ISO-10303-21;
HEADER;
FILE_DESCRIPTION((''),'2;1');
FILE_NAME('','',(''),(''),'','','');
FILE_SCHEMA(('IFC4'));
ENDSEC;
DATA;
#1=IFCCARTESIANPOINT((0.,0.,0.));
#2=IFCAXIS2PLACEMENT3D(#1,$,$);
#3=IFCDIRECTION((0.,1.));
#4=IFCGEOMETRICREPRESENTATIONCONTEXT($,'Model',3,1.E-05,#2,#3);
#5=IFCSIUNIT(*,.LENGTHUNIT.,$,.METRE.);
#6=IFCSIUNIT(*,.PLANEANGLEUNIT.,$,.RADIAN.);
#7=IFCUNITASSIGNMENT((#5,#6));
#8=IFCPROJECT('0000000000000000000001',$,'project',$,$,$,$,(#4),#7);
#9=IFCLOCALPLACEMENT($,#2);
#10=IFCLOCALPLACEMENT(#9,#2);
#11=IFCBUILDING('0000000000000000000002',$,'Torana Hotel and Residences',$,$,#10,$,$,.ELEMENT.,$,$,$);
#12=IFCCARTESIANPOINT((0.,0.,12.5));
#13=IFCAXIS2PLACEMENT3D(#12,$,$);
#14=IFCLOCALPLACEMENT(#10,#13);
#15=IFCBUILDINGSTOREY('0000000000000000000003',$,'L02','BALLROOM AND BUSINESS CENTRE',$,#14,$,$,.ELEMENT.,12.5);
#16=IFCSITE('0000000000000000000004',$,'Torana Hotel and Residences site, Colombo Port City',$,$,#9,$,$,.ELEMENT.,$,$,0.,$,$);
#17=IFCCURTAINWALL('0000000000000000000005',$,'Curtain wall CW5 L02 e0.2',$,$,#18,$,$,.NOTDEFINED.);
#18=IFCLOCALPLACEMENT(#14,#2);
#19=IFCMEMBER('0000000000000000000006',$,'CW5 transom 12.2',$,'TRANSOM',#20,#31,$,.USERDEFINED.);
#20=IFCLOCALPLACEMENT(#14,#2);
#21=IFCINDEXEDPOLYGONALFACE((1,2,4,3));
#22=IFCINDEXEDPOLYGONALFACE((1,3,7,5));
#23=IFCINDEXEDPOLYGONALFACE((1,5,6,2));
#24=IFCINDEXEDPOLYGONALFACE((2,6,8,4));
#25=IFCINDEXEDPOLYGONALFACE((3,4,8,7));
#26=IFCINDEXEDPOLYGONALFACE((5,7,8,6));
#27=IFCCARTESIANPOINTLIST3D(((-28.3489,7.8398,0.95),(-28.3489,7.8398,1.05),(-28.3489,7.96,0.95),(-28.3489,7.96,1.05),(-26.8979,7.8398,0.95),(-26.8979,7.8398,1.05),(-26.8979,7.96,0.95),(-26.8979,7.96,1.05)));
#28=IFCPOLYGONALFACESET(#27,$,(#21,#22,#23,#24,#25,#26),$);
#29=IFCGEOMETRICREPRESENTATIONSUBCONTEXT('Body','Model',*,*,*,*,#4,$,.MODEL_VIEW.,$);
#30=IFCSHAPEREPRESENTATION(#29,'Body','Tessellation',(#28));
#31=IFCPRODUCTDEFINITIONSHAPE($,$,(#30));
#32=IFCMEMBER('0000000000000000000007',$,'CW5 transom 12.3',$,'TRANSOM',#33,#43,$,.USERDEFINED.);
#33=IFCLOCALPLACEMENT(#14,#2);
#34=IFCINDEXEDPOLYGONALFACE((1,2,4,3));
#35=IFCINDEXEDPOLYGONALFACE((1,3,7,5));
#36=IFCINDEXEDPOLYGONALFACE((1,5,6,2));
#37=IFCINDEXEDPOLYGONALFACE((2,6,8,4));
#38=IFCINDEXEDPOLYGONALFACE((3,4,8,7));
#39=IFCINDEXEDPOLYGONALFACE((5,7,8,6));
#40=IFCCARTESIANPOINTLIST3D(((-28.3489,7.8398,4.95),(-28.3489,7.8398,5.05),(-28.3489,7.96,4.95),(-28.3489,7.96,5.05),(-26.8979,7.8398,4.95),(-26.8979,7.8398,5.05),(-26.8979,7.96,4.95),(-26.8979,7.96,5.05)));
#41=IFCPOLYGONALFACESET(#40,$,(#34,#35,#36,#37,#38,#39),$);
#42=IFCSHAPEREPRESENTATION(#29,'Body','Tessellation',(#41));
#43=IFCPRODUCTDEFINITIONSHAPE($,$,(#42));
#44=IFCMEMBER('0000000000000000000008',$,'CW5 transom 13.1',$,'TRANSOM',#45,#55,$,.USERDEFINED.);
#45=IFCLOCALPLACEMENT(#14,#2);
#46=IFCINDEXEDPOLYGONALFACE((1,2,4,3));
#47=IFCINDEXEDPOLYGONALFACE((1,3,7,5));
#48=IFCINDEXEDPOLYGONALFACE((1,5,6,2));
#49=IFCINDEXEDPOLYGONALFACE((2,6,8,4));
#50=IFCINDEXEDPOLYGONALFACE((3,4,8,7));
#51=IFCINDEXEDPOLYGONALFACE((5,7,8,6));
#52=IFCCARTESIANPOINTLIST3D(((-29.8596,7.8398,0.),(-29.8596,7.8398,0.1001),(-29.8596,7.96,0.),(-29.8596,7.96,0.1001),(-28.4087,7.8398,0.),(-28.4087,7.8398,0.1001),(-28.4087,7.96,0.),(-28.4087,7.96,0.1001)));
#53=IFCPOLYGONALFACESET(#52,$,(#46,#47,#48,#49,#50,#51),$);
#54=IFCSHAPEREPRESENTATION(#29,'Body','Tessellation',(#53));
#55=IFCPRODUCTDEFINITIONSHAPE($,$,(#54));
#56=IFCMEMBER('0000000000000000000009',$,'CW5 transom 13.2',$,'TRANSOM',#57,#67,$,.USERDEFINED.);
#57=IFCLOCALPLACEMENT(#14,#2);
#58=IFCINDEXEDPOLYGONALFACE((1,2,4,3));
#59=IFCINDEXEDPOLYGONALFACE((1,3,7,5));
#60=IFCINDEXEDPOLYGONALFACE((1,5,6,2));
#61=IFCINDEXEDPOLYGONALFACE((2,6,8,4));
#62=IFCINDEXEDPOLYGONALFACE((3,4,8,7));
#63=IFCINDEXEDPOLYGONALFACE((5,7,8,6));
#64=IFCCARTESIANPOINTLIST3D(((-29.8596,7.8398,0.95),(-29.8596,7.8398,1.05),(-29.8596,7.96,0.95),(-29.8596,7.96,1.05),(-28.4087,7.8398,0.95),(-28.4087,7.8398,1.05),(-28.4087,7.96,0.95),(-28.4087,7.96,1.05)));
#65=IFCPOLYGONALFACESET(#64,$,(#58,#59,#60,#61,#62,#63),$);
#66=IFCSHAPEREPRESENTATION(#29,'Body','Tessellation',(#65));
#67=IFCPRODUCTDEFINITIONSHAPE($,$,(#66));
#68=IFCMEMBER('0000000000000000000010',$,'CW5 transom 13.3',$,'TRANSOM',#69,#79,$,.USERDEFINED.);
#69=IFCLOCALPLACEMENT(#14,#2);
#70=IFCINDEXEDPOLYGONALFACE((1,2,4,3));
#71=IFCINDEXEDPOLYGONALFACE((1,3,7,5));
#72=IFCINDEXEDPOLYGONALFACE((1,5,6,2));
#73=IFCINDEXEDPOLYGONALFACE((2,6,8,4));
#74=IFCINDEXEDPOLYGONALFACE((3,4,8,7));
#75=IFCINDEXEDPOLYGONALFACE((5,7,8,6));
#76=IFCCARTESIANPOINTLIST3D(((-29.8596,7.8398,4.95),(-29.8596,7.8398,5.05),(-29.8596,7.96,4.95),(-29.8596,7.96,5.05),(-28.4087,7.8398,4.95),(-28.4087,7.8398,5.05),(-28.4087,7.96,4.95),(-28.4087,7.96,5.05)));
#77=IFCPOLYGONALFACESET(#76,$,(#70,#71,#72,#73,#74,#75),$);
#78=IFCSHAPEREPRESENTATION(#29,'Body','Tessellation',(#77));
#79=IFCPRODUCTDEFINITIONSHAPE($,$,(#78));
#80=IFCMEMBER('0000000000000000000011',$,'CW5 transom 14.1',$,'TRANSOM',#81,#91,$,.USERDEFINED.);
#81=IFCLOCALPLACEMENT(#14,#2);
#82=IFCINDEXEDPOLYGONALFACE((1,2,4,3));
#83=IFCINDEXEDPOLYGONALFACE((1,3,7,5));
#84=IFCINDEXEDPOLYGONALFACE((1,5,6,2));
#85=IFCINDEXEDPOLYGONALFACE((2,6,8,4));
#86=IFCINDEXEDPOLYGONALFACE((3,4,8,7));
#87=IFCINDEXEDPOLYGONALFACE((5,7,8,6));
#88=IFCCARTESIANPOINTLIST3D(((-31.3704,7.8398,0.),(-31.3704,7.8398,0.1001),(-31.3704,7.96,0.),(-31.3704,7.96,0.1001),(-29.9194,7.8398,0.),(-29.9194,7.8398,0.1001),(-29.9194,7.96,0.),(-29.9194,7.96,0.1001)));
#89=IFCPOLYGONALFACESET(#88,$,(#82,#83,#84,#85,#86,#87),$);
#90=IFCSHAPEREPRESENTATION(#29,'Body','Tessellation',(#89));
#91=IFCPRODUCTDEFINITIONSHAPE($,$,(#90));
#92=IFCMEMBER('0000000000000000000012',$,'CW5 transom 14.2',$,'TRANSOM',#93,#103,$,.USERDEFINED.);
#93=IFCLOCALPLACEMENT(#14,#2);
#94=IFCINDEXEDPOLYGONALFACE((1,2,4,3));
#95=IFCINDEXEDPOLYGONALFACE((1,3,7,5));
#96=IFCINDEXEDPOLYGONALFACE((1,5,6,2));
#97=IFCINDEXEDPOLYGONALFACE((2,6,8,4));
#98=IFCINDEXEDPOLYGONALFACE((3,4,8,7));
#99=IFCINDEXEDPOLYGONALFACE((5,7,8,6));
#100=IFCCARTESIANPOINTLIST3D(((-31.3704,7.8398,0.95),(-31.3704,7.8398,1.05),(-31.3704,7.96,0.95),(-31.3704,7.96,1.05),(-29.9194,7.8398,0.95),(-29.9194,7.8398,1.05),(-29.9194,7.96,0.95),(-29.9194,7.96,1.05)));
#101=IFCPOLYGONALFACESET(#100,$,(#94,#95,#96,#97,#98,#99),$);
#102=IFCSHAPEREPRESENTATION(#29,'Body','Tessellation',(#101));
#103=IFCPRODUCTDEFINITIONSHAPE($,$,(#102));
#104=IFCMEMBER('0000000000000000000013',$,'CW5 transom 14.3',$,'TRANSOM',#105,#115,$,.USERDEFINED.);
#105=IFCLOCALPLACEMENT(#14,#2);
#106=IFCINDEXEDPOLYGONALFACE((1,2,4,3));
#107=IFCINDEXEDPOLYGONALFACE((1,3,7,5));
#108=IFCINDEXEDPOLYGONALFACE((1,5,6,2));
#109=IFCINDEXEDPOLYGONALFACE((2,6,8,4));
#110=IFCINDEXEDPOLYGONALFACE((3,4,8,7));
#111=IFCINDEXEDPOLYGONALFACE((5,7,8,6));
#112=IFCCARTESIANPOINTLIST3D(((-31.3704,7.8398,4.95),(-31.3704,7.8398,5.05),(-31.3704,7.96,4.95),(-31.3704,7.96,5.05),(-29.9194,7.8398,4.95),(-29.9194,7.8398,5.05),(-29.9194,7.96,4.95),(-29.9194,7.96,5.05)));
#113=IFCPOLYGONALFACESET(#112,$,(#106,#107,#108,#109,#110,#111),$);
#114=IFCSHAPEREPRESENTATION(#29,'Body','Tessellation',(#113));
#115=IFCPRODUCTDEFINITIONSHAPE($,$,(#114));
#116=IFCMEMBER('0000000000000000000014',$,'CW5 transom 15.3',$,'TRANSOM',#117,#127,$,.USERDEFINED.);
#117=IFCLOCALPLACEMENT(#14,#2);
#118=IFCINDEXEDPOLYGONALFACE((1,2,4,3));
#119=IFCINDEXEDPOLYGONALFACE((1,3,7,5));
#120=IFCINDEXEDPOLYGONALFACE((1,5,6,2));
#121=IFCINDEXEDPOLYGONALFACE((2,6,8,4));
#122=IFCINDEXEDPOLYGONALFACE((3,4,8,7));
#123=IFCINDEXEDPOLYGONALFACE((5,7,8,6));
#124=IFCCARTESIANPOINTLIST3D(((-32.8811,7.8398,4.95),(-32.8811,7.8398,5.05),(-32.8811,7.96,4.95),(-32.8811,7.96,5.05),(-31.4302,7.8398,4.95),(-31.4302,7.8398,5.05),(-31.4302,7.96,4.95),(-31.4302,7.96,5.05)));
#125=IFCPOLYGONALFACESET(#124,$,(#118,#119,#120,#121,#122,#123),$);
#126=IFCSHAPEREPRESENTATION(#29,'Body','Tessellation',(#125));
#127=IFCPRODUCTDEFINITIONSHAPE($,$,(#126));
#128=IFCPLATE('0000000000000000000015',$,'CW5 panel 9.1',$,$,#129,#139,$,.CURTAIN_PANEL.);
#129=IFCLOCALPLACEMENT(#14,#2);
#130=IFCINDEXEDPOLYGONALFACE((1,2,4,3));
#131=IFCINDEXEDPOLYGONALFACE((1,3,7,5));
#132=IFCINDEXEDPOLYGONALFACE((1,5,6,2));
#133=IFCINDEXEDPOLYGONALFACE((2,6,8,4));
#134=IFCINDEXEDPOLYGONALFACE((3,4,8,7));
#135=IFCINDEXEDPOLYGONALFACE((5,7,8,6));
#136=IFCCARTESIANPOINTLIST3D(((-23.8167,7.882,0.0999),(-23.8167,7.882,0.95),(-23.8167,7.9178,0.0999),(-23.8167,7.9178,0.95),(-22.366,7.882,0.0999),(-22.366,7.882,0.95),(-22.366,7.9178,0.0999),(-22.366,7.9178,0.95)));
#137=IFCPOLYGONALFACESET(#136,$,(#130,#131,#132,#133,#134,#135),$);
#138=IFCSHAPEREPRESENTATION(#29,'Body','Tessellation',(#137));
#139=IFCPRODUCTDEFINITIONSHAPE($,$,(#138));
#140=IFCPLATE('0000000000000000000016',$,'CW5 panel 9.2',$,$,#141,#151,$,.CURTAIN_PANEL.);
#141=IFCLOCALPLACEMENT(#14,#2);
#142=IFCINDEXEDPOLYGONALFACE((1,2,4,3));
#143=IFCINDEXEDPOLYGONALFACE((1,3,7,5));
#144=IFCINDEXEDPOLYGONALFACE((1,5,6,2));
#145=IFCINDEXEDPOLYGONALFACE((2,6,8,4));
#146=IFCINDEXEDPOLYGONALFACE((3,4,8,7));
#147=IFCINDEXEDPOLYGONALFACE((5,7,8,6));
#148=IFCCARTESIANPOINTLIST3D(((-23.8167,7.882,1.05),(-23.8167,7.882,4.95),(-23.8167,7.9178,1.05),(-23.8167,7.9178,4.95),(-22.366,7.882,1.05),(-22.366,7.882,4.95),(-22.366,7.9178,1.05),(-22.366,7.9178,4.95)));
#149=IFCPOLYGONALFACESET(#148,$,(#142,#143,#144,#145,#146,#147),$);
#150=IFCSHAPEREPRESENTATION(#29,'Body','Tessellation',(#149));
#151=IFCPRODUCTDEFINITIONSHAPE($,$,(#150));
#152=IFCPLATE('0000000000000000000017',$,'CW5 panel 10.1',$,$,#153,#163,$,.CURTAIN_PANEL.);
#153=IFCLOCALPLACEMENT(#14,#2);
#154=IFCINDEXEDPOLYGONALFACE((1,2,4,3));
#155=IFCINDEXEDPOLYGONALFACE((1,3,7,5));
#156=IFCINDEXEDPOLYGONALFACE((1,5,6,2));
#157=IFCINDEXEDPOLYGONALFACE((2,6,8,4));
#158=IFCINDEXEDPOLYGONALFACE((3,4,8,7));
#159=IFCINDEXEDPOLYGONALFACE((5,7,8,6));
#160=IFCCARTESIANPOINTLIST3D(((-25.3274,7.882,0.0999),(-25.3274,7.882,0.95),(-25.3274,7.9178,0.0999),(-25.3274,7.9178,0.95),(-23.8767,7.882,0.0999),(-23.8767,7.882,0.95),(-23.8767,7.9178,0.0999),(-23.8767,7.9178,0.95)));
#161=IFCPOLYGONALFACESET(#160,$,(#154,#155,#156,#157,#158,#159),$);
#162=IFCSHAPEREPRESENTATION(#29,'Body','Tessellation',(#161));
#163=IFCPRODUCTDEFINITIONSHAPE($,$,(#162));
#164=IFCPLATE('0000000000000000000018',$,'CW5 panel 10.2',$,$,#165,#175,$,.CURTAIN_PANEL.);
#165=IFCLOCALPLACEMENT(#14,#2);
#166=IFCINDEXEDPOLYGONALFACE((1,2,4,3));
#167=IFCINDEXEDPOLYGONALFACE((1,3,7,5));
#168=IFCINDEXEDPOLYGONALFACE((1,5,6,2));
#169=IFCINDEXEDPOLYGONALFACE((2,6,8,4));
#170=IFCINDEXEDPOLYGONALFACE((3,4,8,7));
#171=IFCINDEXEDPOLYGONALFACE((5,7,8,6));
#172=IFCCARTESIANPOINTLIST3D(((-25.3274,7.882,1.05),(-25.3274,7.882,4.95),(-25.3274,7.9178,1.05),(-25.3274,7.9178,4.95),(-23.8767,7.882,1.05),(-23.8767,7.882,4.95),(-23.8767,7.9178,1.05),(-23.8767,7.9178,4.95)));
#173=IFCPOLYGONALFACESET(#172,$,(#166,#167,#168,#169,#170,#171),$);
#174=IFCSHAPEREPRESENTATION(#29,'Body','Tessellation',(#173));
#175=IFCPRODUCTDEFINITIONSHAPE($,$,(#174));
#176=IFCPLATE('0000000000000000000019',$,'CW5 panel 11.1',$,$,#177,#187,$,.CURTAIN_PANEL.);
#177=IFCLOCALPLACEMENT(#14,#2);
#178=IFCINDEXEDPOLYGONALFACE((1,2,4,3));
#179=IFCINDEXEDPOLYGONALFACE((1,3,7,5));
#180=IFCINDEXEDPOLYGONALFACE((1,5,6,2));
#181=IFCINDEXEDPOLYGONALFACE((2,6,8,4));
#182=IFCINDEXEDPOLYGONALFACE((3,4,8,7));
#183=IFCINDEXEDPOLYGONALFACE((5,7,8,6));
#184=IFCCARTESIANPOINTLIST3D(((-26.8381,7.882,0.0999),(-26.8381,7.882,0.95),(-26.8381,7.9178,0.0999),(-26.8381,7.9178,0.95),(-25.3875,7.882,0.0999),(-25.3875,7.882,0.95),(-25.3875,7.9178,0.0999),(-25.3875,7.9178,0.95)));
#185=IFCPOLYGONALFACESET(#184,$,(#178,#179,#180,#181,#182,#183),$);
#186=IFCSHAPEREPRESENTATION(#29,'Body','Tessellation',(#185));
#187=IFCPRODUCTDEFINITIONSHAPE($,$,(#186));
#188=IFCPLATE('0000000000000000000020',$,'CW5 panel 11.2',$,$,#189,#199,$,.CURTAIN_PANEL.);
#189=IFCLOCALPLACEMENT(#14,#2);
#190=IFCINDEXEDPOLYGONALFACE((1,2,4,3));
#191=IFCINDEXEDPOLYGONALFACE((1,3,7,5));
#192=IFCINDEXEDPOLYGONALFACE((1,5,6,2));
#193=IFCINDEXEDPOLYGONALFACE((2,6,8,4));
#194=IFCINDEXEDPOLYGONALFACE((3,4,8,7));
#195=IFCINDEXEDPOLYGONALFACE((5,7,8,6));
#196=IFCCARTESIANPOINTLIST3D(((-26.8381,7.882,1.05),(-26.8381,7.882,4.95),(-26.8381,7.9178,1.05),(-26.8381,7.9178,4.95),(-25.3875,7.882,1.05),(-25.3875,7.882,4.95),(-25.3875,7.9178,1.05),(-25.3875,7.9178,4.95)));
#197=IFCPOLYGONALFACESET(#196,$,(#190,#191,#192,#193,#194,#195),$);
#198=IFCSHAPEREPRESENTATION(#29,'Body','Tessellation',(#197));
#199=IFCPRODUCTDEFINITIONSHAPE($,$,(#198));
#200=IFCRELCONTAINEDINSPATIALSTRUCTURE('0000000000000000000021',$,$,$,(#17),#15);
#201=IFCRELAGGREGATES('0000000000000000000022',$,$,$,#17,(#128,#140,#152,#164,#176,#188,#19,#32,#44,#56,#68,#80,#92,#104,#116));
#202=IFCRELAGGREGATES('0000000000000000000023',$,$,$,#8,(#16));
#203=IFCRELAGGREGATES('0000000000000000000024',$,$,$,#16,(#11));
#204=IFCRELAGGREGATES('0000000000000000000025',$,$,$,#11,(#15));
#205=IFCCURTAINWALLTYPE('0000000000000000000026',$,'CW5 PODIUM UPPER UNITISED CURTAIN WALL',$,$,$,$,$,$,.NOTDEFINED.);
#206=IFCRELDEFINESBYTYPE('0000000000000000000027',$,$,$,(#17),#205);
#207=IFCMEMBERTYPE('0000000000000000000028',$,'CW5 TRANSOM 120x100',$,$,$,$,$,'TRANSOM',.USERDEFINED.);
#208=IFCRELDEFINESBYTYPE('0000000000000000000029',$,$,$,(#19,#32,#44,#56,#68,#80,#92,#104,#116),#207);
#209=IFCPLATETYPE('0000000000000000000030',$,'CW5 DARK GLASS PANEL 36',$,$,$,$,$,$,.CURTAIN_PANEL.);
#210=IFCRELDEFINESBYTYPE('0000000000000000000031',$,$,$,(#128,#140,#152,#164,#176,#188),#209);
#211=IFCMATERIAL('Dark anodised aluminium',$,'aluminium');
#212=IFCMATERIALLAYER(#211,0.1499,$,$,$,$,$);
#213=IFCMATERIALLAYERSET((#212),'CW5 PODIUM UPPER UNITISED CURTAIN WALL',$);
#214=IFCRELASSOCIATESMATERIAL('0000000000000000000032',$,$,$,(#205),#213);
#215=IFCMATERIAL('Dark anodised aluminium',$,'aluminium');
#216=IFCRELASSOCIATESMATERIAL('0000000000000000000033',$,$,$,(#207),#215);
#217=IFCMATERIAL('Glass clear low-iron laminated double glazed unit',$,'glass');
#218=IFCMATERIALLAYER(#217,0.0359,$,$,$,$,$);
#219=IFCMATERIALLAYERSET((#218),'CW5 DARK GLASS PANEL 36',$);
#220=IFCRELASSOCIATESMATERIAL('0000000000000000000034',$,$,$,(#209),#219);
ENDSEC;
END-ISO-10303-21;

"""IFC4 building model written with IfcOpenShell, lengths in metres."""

from ifc_helpers import new_model, si_unit, direction, frame, origin, origin_2d, place, context, subcontext, project, spatial, rectangle, extrude, material, layer, layer_set, material_profile, profile_set, type_object, element, aggregate, save


model = new_model("IFC4")

# Units and contexts
model_context = context("Model", 3, precision=1e-05, world=origin(), true_north=direction((0.0, 1.0)))
body_context = subcontext(model_context, "Body", "Model", "MODEL_VIEW")
ifc_project = project(units=[si_unit("LENGTHUNIT", "METRE"), si_unit("PLANEANGLEUNIT", "RADIAN")], contexts=[model_context])

# Site, building, storey
site_placement = place(None, origin())
site = spatial("IfcSite", under=ifc_project, at=site_placement, Name="Torana Hotel and Residences site, Colombo Port City", CompositionType="ELEMENT", RefElevation=0.0)
building_placement = place(site_placement, origin())
building = spatial("IfcBuilding", under=site, at=building_placement, Name="Torana Hotel and Residences", CompositionType="ELEMENT")
storey_placement = place(building_placement, frame((0.0, 0.0, 12.5)))
storey = spatial("IfcBuildingStorey", under=building, at=storey_placement, Name="L02", Description="BALLROOM AND BUSINESS CENTRE", CompositionType="ELEMENT", Elevation=12.5)

# Curtain wall, members, plates
ifc_material_1 = material(Name="Dark anodised aluminium", Category="aluminium")
ifc_layer_1 = layer(ifc_material_1, 0.1499)
ifc_layer_set_1 = layer_set([ifc_layer_1], Name="CW5 PODIUM UPPER UNITISED CURTAIN WALL")
curtain_wall_type = type_object("IfcCurtainWallType", Name="CW5 PODIUM UPPER UNITISED CURTAIN WALL", PredefinedType="NOTDEFINED", material=ifc_layer_set_1)
curtain_wall_placement = place(storey_placement, origin())
curtain_wall = element("IfcCurtainWall", 1, at=curtain_wall_placement, inside=storey, type_object=curtain_wall_type, Name="Curtain wall CW5 L02 e0.2", PredefinedType="NOTDEFINED")
ifc_material_2 = material(Name="Dark anodised aluminium", Category="aluminium")
ifc_material_profile_1 = material_profile(ifc_material_2, rectangle(XDim=0.1201, YDim=0.1001, at=origin_2d()), Name="CW5 TRANSOM 120x100")
ifc_profile_set_1 = profile_set([ifc_material_profile_1], Name="Dark anodised aluminium")
member_type_1 = type_object("IfcMemberType", Name="CW5 TRANSOM 120x100", ElementType="TRANSOM", PredefinedType="USERDEFINED", material=ifc_profile_set_1)
member_1_placement = place(storey_placement, frame((-26.8979, 7.8999, 1.0), z_axis=(-1.0, 0.0, 0.0), x_axis=(0.0, -1.0, 0.0)))
member_1 = element("IfcMember", 2, at=member_1_placement, type_object=member_type_1, Name="CW5 transom 12.2", ObjectType="TRANSOM", PredefinedType="USERDEFINED", context=body_context, shape_type="SweptSolid", body=[
    extrude(rectangle(XDim=0.1201, YDim=0.1001, at=origin_2d()), origin(), (0.0, 0.0, 1.0), 1.4509),
])
member_2_placement = place(storey_placement, frame((-26.8979, 7.8999, 5.0), z_axis=(-1.0, 0.0, 0.0), x_axis=(0.0, -1.0, 0.0)))
member_2 = element("IfcMember", 3, at=member_2_placement, type_object=member_type_1, Name="CW5 transom 12.3", ObjectType="TRANSOM", PredefinedType="USERDEFINED", context=body_context, shape_type="SweptSolid", body=[
    extrude(rectangle(XDim=0.1201, YDim=0.1001, at=origin_2d()), origin(), (0.0, 0.0, 1.0), 1.4509),
])
member_3_placement = place(storey_placement, frame((-28.4087, 7.8999, 0.05), z_axis=(-1.0, 0.0, 0.0), x_axis=(0.0, -1.0, 0.0)))
member_3 = element("IfcMember", 4, at=member_3_placement, type_object=member_type_1, Name="CW5 transom 13.1", ObjectType="TRANSOM", PredefinedType="USERDEFINED", context=body_context, shape_type="SweptSolid", body=[
    extrude(rectangle(XDim=0.1201, YDim=0.1001, at=origin_2d()), origin(), (0.0, 0.0, 1.0), 1.4509),
])
member_4_placement = place(storey_placement, frame((-28.4087, 7.8999, 1.0), z_axis=(-1.0, 0.0, 0.0), x_axis=(0.0, -1.0, 0.0)))
member_4 = element("IfcMember", 5, at=member_4_placement, type_object=member_type_1, Name="CW5 transom 13.2", ObjectType="TRANSOM", PredefinedType="USERDEFINED", context=body_context, shape_type="SweptSolid", body=[
    extrude(rectangle(XDim=0.1201, YDim=0.1001, at=origin_2d()), origin(), (0.0, 0.0, 1.0), 1.4509),
])
member_5_placement = place(storey_placement, frame((-28.4087, 7.8999, 5.0), z_axis=(-1.0, 0.0, 0.0), x_axis=(0.0, -1.0, 0.0)))
member_5 = element("IfcMember", 6, at=member_5_placement, type_object=member_type_1, Name="CW5 transom 13.3", ObjectType="TRANSOM", PredefinedType="USERDEFINED", context=body_context, shape_type="SweptSolid", body=[
    extrude(rectangle(XDim=0.1201, YDim=0.1001, at=origin_2d()), origin(), (0.0, 0.0, 1.0), 1.4509),
])
member_6_placement = place(storey_placement, frame((-29.9194, 7.8999, 0.05), z_axis=(-1.0, 0.0, 0.0), x_axis=(0.0, -1.0, 0.0)))
member_6 = element("IfcMember", 7, at=member_6_placement, type_object=member_type_1, Name="CW5 transom 14.1", ObjectType="TRANSOM", PredefinedType="USERDEFINED", context=body_context, shape_type="SweptSolid", body=[
    extrude(rectangle(XDim=0.1201, YDim=0.1001, at=origin_2d()), origin(), (0.0, 0.0, 1.0), 1.4509),
])
member_7_placement = place(storey_placement, frame((-29.9194, 7.8999, 1.0), z_axis=(-1.0, 0.0, 0.0), x_axis=(0.0, -1.0, 0.0)))
member_7 = element("IfcMember", 8, at=member_7_placement, type_object=member_type_1, Name="CW5 transom 14.2", ObjectType="TRANSOM", PredefinedType="USERDEFINED", context=body_context, shape_type="SweptSolid", body=[
    extrude(rectangle(XDim=0.1201, YDim=0.1001, at=origin_2d()), origin(), (0.0, 0.0, 1.0), 1.4509),
])
member_8_placement = place(storey_placement, frame((-29.9194, 7.8999, 5.0), z_axis=(-1.0, 0.0, 0.0), x_axis=(0.0, -1.0, 0.0)))
member_8 = element("IfcMember", 9, at=member_8_placement, type_object=member_type_1, Name="CW5 transom 14.3", ObjectType="TRANSOM", PredefinedType="USERDEFINED", context=body_context, shape_type="SweptSolid", body=[
    extrude(rectangle(XDim=0.1201, YDim=0.1001, at=origin_2d()), origin(), (0.0, 0.0, 1.0), 1.4509),
])
member_9_placement = place(storey_placement, frame((-31.4302, 7.8999, 5.0), z_axis=(-1.0, 0.0, 0.0), x_axis=(0.0, -1.0, 0.0)))
member_9 = element("IfcMember", 10, at=member_9_placement, type_object=member_type_1, Name="CW5 transom 15.3", ObjectType="TRANSOM", PredefinedType="USERDEFINED", context=body_context, shape_type="SweptSolid", body=[
    extrude(rectangle(XDim=0.1201, YDim=0.1001, at=origin_2d()), origin(), (0.0, 0.0, 1.0), 1.4509),
])
ifc_material_3 = material(Name="Glass clear low-iron laminated double glazed unit", Category="glass")
ifc_layer_2 = layer(ifc_material_3, 0.0359)
ifc_layer_set_2 = layer_set([ifc_layer_2], Name="CW5 DARK GLASS PANEL 36")
plate_type = type_object("IfcPlateType", Name="CW5 DARK GLASS PANEL 36", PredefinedType="CURTAIN_PANEL", material=ifc_layer_set_2)
plate_1_placement = place(storey_placement, frame((-23.0913, 7.8999, 0.0999), z_axis=(0.0, 0.0, 1.0), x_axis=(-1.0, 0.0, 0.0)))
plate_1 = element("IfcPlate", 11, at=plate_1_placement, type_object=plate_type, Name="CW5 panel 9.1", PredefinedType="CURTAIN_PANEL", context=body_context, shape_type="SweptSolid", body=[
    extrude(rectangle(XDim=1.4507, YDim=0.0359, at=origin_2d()), origin(), (0.0, 0.0, 1.0), 0.8501),
])
plate_2_placement = place(storey_placement, frame((-23.0913, 7.8999, 1.05), z_axis=(0.0, 0.0, 1.0), x_axis=(-1.0, 0.0, 0.0)))
plate_2 = element("IfcPlate", 12, at=plate_2_placement, type_object=plate_type, Name="CW5 panel 9.2", PredefinedType="CURTAIN_PANEL", context=body_context, shape_type="SweptSolid", body=[
    extrude(rectangle(XDim=1.4507, YDim=0.0359, at=origin_2d()), origin(), (0.0, 0.0, 1.0), 3.8999),
])
plate_3_placement = place(storey_placement, frame((-24.6021, 7.8999, 0.0999), z_axis=(0.0, 0.0, 1.0), x_axis=(-1.0, 0.0, 0.0)))
plate_3 = element("IfcPlate", 13, at=plate_3_placement, type_object=plate_type, Name="CW5 panel 10.1", PredefinedType="CURTAIN_PANEL", context=body_context, shape_type="SweptSolid", body=[
    extrude(rectangle(XDim=1.4507, YDim=0.0359, at=origin_2d()), origin(), (0.0, 0.0, 1.0), 0.8501),
])
plate_4_placement = place(storey_placement, frame((-24.6021, 7.8999, 1.05), z_axis=(0.0, 0.0, 1.0), x_axis=(-1.0, 0.0, 0.0)))
plate_4 = element("IfcPlate", 14, at=plate_4_placement, type_object=plate_type, Name="CW5 panel 10.2", PredefinedType="CURTAIN_PANEL", context=body_context, shape_type="SweptSolid", body=[
    extrude(rectangle(XDim=1.4507, YDim=0.0359, at=origin_2d()), origin(), (0.0, 0.0, 1.0), 3.8999),
])
plate_5_placement = place(storey_placement, frame((-26.1128, 7.8999, 0.0999), z_axis=(0.0, 0.0, 1.0), x_axis=(-1.0, 0.0, 0.0)))
plate_5 = element("IfcPlate", 15, at=plate_5_placement, type_object=plate_type, Name="CW5 panel 11.1", PredefinedType="CURTAIN_PANEL", context=body_context, shape_type="SweptSolid", body=[
    extrude(rectangle(XDim=1.4507, YDim=0.0359, at=origin_2d()), origin(), (0.0, 0.0, 1.0), 0.8501),
])
plate_6_placement = place(storey_placement, frame((-26.1128, 7.8999, 1.05), z_axis=(0.0, 0.0, 1.0), x_axis=(-1.0, 0.0, 0.0)))
plate_6 = element("IfcPlate", 16, at=plate_6_placement, type_object=plate_type, Name="CW5 panel 11.2", PredefinedType="CURTAIN_PANEL", context=body_context, shape_type="SweptSolid", body=[
    extrude(rectangle(XDim=1.4507, YDim=0.0359, at=origin_2d()), origin(), (0.0, 0.0, 1.0), 3.8999),
])
aggregate(curtain_wall, [plate_1, plate_2, plate_3, plate_4, plate_5, plate_6, member_1, member_2, member_3, member_4, member_5, member_6, member_7, member_8, member_9])

save(model, "model.ifc")
